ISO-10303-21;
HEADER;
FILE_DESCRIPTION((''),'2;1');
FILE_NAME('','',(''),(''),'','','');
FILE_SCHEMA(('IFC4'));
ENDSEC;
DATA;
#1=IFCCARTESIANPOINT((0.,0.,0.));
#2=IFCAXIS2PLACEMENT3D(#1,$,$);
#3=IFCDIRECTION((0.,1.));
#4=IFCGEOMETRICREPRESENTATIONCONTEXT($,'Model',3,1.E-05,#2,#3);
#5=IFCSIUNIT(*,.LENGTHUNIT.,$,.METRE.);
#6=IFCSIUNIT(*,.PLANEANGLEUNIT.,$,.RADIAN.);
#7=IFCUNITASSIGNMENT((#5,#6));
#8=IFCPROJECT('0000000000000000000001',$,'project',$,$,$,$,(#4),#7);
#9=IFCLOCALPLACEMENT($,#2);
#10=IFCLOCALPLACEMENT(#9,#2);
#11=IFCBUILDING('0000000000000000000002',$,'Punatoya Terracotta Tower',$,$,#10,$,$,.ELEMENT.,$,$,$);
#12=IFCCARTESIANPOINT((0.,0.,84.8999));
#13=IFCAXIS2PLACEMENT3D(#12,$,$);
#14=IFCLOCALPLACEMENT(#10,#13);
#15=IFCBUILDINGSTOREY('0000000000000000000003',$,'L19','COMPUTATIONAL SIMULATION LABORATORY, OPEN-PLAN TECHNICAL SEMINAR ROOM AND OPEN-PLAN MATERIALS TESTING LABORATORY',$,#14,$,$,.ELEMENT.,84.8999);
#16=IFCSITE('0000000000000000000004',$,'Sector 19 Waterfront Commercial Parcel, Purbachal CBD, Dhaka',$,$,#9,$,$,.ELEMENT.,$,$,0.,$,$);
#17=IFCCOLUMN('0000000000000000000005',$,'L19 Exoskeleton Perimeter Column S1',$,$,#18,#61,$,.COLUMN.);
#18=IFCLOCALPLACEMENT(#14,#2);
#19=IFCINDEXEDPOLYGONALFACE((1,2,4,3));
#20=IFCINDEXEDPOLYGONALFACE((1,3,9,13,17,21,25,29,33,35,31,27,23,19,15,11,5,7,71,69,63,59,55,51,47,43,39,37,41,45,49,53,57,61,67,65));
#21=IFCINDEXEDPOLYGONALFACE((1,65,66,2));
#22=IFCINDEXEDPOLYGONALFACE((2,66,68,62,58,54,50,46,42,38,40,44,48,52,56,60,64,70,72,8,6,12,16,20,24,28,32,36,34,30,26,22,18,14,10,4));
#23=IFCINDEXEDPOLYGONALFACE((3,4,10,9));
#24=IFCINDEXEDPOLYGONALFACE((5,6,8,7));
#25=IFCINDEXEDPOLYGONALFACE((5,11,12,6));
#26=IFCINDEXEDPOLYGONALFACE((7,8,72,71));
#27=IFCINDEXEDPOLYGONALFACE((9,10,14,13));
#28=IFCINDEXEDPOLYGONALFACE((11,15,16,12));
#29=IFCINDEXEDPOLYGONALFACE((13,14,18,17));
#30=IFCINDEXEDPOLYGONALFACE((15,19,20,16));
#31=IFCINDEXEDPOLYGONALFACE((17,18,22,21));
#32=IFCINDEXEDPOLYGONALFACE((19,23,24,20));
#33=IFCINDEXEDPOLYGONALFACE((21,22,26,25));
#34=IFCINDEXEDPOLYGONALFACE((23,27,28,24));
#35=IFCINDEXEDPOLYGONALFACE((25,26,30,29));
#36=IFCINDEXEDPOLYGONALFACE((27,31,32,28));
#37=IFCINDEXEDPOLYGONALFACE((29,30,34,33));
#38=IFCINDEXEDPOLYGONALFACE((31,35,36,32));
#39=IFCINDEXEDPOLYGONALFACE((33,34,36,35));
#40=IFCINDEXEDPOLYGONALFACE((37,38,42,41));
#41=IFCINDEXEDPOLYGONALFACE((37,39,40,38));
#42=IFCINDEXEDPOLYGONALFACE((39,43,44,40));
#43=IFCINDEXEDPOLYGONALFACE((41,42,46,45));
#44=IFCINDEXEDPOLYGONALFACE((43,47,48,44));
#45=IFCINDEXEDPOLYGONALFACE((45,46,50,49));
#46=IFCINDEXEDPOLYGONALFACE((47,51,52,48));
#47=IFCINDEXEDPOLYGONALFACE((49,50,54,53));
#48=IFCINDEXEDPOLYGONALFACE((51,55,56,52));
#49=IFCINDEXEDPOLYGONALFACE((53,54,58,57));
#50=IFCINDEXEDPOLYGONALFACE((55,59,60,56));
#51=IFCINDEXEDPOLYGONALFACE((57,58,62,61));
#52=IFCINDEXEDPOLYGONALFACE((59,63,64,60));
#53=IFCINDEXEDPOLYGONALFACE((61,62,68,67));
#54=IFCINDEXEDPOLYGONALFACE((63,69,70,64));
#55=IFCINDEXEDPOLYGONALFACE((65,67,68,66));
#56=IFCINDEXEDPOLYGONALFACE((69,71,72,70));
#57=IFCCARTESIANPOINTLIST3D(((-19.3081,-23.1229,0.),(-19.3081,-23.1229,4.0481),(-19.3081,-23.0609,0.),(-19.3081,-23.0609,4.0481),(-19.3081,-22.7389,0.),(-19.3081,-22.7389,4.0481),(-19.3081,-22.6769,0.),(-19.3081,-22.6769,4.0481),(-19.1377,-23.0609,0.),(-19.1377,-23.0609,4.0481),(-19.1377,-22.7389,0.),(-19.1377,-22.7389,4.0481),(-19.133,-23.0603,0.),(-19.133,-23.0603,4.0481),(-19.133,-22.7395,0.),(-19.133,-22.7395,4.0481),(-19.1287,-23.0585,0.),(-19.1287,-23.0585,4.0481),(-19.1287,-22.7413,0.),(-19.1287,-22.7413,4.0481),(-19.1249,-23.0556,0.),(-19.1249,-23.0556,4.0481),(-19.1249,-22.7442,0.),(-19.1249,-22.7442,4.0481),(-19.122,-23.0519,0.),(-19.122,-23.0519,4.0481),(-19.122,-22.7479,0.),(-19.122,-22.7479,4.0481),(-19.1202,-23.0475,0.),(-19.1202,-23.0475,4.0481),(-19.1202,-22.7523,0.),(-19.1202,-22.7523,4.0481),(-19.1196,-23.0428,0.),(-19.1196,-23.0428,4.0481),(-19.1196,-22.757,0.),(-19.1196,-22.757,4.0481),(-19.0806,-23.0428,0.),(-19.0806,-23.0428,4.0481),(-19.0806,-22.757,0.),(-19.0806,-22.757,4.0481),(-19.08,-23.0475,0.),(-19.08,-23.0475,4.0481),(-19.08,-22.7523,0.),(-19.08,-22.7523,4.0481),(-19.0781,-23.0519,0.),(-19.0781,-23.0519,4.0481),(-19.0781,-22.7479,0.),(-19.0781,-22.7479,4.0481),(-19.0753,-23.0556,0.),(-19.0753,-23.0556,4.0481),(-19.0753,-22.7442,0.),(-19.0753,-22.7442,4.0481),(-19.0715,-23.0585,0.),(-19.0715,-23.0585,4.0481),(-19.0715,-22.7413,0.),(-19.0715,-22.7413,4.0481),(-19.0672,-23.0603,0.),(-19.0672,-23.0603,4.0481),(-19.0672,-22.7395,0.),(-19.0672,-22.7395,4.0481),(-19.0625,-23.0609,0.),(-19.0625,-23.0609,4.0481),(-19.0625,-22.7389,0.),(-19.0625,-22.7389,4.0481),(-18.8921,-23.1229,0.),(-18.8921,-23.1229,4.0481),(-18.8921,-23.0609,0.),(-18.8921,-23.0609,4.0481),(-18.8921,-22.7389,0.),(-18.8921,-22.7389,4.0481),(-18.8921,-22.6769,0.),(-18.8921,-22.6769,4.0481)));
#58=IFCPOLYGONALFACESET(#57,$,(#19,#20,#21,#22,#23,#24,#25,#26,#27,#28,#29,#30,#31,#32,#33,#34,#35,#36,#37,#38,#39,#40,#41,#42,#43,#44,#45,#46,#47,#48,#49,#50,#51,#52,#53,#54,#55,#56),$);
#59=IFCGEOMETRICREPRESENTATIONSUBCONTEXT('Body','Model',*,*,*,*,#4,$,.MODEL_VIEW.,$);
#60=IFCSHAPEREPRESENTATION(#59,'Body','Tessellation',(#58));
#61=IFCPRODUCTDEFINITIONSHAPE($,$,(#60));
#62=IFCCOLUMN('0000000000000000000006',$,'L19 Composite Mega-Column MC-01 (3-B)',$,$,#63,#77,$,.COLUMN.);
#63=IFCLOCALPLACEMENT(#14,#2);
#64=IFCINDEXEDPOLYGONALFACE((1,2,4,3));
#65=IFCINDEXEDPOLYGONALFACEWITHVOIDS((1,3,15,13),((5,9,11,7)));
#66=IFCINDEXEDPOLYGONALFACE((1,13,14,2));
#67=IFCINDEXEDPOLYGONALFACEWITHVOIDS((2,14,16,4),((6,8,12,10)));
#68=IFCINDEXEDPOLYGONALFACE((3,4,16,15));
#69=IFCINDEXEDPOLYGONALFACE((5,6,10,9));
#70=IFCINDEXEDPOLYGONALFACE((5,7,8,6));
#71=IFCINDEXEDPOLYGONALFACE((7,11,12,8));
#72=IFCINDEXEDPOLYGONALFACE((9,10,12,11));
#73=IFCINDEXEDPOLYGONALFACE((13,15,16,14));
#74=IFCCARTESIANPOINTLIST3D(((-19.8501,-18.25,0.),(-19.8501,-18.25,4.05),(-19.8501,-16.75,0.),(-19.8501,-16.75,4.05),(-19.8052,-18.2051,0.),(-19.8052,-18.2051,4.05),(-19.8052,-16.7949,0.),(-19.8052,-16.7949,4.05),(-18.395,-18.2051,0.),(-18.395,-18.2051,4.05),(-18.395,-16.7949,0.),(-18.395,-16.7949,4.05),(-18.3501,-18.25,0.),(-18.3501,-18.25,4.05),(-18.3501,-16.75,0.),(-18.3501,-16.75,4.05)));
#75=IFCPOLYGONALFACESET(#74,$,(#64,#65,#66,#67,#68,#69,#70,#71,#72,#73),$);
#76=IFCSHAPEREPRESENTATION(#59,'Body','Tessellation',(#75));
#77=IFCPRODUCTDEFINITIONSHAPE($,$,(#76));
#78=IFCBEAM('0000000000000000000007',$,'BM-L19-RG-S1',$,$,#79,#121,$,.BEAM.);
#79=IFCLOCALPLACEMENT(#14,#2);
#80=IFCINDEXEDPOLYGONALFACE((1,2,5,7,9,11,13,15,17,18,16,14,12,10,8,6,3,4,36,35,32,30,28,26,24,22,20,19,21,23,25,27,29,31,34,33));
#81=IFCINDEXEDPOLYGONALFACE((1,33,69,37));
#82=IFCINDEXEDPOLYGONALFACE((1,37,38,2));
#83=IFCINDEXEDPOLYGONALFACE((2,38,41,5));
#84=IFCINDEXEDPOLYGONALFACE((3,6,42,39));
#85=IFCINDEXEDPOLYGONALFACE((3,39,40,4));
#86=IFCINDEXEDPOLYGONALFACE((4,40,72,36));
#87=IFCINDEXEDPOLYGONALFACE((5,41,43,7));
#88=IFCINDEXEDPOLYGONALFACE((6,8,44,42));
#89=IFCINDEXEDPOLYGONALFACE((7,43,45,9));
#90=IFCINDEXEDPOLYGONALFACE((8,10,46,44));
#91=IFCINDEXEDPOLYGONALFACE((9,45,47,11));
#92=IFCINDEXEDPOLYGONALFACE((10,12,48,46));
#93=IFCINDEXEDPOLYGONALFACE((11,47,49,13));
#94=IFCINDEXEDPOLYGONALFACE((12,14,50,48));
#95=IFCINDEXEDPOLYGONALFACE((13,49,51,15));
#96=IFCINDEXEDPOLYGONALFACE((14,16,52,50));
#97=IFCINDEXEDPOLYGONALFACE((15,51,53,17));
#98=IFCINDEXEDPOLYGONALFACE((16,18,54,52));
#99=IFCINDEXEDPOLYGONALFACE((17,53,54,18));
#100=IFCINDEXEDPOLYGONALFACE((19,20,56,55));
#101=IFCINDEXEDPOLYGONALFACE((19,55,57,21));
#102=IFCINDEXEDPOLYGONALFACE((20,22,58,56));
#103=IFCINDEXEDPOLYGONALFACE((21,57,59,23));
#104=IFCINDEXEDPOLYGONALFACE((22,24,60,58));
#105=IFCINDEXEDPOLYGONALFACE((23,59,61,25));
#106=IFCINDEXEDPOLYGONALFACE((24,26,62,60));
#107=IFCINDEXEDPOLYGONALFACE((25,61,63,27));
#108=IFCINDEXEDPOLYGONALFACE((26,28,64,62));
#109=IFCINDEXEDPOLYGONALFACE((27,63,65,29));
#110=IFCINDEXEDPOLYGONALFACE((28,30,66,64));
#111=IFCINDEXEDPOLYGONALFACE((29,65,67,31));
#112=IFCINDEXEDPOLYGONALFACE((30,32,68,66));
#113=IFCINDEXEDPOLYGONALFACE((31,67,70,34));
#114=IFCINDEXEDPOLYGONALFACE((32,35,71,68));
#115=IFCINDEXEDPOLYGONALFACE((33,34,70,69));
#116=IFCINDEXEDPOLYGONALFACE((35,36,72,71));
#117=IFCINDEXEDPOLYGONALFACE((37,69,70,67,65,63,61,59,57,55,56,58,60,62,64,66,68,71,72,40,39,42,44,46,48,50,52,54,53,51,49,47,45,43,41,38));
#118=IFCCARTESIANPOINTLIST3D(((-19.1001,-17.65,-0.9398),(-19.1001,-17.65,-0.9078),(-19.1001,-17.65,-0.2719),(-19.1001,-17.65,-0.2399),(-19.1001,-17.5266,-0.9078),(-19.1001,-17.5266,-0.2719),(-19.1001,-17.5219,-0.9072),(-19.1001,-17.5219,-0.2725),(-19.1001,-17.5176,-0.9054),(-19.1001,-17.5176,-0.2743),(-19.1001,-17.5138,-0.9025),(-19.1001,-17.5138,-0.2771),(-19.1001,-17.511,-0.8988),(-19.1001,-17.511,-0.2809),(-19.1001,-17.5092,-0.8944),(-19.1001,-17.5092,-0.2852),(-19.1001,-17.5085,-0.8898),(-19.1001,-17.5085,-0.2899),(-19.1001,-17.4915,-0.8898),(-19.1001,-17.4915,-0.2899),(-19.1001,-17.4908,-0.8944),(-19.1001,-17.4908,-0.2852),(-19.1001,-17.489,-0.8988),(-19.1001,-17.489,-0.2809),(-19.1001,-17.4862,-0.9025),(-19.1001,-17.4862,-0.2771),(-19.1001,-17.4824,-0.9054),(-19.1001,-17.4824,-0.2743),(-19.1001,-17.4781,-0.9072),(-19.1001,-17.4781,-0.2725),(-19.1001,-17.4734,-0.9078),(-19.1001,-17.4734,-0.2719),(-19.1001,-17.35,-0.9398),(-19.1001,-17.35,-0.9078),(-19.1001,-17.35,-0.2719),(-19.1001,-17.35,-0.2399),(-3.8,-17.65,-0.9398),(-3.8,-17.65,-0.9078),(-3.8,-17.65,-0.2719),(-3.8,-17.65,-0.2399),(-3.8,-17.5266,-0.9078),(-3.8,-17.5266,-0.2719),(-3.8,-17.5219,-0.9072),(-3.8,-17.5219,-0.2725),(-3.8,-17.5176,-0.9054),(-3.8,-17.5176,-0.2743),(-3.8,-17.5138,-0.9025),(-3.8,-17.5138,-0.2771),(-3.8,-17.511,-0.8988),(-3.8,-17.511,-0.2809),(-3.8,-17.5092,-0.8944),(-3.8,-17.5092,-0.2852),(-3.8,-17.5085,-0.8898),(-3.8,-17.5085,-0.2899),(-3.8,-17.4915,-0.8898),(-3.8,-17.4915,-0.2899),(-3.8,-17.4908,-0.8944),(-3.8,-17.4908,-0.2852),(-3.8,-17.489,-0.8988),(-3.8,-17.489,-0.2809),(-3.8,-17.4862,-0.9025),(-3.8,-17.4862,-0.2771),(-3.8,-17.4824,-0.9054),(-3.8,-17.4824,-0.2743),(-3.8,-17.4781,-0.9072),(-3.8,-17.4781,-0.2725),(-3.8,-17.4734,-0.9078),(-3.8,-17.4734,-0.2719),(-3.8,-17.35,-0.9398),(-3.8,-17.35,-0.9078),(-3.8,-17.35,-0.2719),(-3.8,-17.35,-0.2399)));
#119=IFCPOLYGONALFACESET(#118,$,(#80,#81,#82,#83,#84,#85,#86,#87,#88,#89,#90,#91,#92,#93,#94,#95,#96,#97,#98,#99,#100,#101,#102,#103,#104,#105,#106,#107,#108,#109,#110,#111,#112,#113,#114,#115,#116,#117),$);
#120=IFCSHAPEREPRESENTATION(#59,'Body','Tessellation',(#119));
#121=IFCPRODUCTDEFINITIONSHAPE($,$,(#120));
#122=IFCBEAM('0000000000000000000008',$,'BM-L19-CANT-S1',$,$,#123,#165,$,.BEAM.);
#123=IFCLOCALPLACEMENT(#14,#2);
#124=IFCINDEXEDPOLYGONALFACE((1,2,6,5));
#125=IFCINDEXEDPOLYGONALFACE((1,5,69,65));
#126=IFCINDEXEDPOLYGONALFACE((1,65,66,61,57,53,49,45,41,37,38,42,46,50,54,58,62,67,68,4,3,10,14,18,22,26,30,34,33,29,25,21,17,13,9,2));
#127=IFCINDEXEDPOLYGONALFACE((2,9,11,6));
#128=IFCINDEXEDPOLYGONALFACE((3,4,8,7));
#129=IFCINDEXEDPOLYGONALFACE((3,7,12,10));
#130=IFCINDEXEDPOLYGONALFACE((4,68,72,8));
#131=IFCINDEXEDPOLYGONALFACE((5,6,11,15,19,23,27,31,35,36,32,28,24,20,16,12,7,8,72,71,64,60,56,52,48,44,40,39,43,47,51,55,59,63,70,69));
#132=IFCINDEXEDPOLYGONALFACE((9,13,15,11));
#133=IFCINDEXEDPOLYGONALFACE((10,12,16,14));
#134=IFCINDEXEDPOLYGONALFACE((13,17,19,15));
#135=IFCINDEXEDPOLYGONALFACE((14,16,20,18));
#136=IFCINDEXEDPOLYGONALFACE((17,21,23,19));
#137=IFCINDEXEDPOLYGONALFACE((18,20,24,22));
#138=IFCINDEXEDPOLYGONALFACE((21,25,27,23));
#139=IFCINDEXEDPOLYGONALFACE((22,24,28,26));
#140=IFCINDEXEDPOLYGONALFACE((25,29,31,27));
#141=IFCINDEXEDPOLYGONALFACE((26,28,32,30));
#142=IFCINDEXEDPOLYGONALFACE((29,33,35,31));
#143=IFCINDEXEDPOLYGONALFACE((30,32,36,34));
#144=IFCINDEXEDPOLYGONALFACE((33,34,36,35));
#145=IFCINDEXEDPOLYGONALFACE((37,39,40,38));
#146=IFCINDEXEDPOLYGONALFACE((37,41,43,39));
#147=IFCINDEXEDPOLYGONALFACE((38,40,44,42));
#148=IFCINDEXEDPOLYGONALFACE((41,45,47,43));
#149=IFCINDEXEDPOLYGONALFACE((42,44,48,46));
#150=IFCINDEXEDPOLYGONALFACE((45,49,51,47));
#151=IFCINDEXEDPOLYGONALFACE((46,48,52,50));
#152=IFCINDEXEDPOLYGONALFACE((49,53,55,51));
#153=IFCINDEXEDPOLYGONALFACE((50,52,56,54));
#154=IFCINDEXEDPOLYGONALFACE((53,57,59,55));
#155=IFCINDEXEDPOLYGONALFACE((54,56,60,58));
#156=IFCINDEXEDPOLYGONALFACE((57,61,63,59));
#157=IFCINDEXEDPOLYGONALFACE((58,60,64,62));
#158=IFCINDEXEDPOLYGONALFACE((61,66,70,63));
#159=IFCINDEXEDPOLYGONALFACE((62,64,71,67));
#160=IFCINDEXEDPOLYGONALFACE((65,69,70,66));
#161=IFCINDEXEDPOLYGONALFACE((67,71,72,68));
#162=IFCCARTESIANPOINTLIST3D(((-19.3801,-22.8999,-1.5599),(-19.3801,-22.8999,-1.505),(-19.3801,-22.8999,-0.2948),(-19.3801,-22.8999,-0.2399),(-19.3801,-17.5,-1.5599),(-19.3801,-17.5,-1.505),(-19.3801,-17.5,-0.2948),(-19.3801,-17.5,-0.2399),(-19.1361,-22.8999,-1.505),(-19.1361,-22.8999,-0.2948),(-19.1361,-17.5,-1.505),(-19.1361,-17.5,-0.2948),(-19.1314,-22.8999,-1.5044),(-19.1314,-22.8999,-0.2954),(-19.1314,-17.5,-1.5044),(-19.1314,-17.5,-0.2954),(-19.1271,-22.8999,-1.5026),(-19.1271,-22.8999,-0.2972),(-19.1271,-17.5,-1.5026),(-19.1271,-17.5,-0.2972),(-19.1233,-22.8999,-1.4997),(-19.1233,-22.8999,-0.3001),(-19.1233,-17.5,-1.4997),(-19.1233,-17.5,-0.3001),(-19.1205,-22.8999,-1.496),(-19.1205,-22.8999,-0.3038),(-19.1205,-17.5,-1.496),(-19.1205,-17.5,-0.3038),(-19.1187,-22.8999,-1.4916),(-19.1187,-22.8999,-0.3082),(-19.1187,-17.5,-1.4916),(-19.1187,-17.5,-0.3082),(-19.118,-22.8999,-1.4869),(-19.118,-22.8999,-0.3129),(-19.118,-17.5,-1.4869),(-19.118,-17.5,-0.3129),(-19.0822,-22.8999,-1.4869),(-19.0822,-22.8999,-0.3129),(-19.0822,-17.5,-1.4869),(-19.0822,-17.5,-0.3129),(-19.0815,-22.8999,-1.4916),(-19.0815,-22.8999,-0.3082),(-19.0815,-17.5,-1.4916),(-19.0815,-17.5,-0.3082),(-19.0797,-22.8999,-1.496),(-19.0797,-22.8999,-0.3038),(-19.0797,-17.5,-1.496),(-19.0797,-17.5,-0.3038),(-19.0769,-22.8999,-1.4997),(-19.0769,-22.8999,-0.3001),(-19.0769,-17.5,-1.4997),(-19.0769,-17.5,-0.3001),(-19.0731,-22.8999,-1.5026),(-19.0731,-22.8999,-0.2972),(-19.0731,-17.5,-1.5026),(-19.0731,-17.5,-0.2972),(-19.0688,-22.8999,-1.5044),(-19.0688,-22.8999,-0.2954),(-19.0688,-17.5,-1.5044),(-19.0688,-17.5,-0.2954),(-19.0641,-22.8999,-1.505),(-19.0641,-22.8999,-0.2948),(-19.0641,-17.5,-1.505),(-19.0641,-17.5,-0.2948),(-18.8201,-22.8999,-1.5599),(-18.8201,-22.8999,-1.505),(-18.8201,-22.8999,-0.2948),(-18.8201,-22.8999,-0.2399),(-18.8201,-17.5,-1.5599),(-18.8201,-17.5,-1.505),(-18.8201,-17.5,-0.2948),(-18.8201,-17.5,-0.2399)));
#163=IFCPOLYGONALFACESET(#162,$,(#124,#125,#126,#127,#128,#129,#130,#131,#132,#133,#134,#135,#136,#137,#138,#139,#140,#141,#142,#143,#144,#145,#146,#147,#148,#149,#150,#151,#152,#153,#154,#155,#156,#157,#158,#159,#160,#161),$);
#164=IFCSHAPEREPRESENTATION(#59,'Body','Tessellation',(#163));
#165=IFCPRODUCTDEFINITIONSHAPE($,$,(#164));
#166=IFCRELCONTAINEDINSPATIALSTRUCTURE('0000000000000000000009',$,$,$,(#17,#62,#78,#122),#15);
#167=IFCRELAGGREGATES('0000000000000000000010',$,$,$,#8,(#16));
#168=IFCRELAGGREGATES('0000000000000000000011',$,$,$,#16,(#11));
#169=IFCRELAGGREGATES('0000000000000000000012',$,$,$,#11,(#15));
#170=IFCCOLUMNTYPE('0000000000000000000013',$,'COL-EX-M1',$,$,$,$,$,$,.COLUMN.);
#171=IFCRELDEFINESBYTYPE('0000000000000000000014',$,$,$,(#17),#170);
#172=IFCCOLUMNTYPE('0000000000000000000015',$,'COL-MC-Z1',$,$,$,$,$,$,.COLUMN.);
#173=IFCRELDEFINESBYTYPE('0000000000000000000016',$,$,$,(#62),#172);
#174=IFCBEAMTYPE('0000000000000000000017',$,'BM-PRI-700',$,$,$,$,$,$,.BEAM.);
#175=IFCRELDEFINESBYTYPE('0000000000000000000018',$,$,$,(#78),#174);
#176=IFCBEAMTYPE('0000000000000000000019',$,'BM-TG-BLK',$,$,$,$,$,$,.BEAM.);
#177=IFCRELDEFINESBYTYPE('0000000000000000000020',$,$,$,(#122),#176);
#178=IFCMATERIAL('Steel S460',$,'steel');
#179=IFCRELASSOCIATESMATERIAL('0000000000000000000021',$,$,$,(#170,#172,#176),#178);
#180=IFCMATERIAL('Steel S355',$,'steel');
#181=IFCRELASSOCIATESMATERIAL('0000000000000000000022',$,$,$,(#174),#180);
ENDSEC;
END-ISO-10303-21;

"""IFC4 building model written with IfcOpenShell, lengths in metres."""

from ifc_helpers import new_model, si_unit, direction, frame, origin, origin_2d, place, context, subcontext, project, spatial, hollow_rectangle, i_section, extrude, material, material_profile, profile_set, type_object, element, save


model = new_model("IFC4")

# Units and contexts
model_context = context("Model", 3, precision=1e-05, world=origin(), true_north=direction((0.0, 1.0)))
body_context = subcontext(model_context, "Body", "Model", "MODEL_VIEW")
ifc_project = project(units=[si_unit("LENGTHUNIT", "METRE"), si_unit("PLANEANGLEUNIT", "RADIAN")], contexts=[model_context])

# Site, building, storey
site_placement = place(None, origin())
site = spatial("IfcSite", under=ifc_project, at=site_placement, Name="Sector 19 Waterfront Commercial Parcel, Purbachal CBD, Dhaka", CompositionType="ELEMENT", RefElevation=0.0)
building_placement = place(site_placement, origin())
building = spatial("IfcBuilding", under=site, at=building_placement, Name="Punatoya Terracotta Tower", CompositionType="ELEMENT")
storey_placement = place(building_placement, frame((0.0, 0.0, 84.8999)))
storey = spatial("IfcBuildingStorey", under=building, at=storey_placement, Name="L19", Description="COMPUTATIONAL SIMULATION LABORATORY, OPEN-PLAN TECHNICAL SEMINAR ROOM AND OPEN-PLAN MATERIALS TESTING LABORATORY", CompositionType="ELEMENT", Elevation=84.8999)

# Columns
ifc_material_1 = material(Name="Steel S460", Category="steel")
ifc_material_profile_1 = material_profile(ifc_material_1, i_section(OverallWidth=0.416, OverallDepth=0.446, WebThickness=0.0391, FlangeThickness=0.062, FilletRadius=0.0181, at=origin_2d()))
ifc_profile_set_1 = profile_set([ifc_material_profile_1], Name="Steel S460")
column_type_1 = type_object("IfcColumnType", Name="COL-EX-M1", PredefinedType="COLUMN", material=ifc_profile_set_1)
column_1_placement = place(storey_placement, frame((-19.1001, -22.8999, 0.0), z_axis=(0.0, 0.0, 1.0), x_axis=(1.0, 0.0, 0.0)))
element("IfcColumn", 1, at=column_1_placement, inside=storey, type_object=column_type_1, Name="L19 Exoskeleton Perimeter Column S1", PredefinedType="COLUMN", context=body_context, shape_type="SweptSolid", body=[
    extrude(i_section(OverallWidth=0.416, OverallDepth=0.446, WebThickness=0.0391, FlangeThickness=0.062, FilletRadius=0.0181, at=origin_2d()), origin(), (0.0, 0.0, 1.0), 4.0481),
])
ifc_material_profile_2 = material_profile(ifc_material_1, hollow_rectangle(XDim=1.5, YDim=1.5, WallThickness=0.0449, at=origin_2d()))
ifc_profile_set_2 = profile_set([ifc_material_profile_2], Name="Steel S460")
column_type_2 = type_object("IfcColumnType", Name="COL-MC-Z1", PredefinedType="COLUMN", material=ifc_profile_set_2)
column_2_placement = place(storey_placement, frame((-19.1001, -17.5, 0.0), z_axis=(0.0, 0.0, 1.0), x_axis=(1.0, 0.0, 0.0)))
element("IfcColumn", 2, at=column_2_placement, inside=storey, type_object=column_type_2, Name="L19 Composite Mega-Column MC-01 (3-B)", PredefinedType="COLUMN", context=body_context, shape_type="SweptSolid", body=[
    extrude(hollow_rectangle(XDim=1.5, YDim=1.5, WallThickness=0.0449, at=origin_2d()), origin(), (0.0, 0.0, 1.0), 4.05),
])

# Beams
ifc_material_2 = material(Name="Steel S355", Category="steel")
ifc_material_profile_3 = material_profile(ifc_material_2, i_section(OverallWidth=0.3, OverallDepth=0.7, WebThickness=0.0171, FlangeThickness=0.032, FilletRadius=0.0181, at=origin_2d()))
ifc_profile_set_3 = profile_set([ifc_material_profile_3], Name="Steel S355")
beam_type_1 = type_object("IfcBeamType", Name="BM-PRI-700", PredefinedType="BEAM", material=ifc_profile_set_3)
beam_1_placement = place(storey_placement, frame((-19.1001, -17.5, -0.5898), z_axis=(1.0, 0.0, 0.0), x_axis=(0.0, 1.0, 0.0)))
element("IfcBeam", 3, at=beam_1_placement, inside=storey, type_object=beam_type_1, Name="BM-L19-RG-S1", PredefinedType="BEAM", context=body_context, shape_type="SweptSolid", body=[
    extrude(i_section(OverallWidth=0.3, OverallDepth=0.7, WebThickness=0.0171, FlangeThickness=0.032, FilletRadius=0.0181, at=origin_2d()), origin(), (0.0, 0.0, 1.0), 15.3),
])
ifc_material_profile_4 = material_profile(ifc_material_1, i_section(OverallWidth=0.5601, OverallDepth=1.3201, WebThickness=0.0359, FlangeThickness=0.0549, FilletRadius=0.0181, at=origin_2d()))
ifc_profile_set_4 = profile_set([ifc_material_profile_4], Name="Steel S460")
beam_type_2 = type_object("IfcBeamType", Name="BM-TG-BLK", PredefinedType="BEAM", material=ifc_profile_set_4)
beam_2_placement = place(storey_placement, frame((-19.1001, -22.8999, -0.8999), z_axis=(0.0, 1.0, 0.0), x_axis=(-1.0, 0.0, 0.0)))
element("IfcBeam", 4, at=beam_2_placement, inside=storey, type_object=beam_type_2, Name="BM-L19-CANT-S1", PredefinedType="BEAM", context=body_context, shape_type="SweptSolid", body=[
    extrude(i_section(OverallWidth=0.5601, OverallDepth=1.3201, WebThickness=0.0359, FlangeThickness=0.0549, FilletRadius=0.0181, at=origin_2d()), origin(), (0.0, 0.0, 1.0), 5.3999),
])

save(model, "model.ifc")
